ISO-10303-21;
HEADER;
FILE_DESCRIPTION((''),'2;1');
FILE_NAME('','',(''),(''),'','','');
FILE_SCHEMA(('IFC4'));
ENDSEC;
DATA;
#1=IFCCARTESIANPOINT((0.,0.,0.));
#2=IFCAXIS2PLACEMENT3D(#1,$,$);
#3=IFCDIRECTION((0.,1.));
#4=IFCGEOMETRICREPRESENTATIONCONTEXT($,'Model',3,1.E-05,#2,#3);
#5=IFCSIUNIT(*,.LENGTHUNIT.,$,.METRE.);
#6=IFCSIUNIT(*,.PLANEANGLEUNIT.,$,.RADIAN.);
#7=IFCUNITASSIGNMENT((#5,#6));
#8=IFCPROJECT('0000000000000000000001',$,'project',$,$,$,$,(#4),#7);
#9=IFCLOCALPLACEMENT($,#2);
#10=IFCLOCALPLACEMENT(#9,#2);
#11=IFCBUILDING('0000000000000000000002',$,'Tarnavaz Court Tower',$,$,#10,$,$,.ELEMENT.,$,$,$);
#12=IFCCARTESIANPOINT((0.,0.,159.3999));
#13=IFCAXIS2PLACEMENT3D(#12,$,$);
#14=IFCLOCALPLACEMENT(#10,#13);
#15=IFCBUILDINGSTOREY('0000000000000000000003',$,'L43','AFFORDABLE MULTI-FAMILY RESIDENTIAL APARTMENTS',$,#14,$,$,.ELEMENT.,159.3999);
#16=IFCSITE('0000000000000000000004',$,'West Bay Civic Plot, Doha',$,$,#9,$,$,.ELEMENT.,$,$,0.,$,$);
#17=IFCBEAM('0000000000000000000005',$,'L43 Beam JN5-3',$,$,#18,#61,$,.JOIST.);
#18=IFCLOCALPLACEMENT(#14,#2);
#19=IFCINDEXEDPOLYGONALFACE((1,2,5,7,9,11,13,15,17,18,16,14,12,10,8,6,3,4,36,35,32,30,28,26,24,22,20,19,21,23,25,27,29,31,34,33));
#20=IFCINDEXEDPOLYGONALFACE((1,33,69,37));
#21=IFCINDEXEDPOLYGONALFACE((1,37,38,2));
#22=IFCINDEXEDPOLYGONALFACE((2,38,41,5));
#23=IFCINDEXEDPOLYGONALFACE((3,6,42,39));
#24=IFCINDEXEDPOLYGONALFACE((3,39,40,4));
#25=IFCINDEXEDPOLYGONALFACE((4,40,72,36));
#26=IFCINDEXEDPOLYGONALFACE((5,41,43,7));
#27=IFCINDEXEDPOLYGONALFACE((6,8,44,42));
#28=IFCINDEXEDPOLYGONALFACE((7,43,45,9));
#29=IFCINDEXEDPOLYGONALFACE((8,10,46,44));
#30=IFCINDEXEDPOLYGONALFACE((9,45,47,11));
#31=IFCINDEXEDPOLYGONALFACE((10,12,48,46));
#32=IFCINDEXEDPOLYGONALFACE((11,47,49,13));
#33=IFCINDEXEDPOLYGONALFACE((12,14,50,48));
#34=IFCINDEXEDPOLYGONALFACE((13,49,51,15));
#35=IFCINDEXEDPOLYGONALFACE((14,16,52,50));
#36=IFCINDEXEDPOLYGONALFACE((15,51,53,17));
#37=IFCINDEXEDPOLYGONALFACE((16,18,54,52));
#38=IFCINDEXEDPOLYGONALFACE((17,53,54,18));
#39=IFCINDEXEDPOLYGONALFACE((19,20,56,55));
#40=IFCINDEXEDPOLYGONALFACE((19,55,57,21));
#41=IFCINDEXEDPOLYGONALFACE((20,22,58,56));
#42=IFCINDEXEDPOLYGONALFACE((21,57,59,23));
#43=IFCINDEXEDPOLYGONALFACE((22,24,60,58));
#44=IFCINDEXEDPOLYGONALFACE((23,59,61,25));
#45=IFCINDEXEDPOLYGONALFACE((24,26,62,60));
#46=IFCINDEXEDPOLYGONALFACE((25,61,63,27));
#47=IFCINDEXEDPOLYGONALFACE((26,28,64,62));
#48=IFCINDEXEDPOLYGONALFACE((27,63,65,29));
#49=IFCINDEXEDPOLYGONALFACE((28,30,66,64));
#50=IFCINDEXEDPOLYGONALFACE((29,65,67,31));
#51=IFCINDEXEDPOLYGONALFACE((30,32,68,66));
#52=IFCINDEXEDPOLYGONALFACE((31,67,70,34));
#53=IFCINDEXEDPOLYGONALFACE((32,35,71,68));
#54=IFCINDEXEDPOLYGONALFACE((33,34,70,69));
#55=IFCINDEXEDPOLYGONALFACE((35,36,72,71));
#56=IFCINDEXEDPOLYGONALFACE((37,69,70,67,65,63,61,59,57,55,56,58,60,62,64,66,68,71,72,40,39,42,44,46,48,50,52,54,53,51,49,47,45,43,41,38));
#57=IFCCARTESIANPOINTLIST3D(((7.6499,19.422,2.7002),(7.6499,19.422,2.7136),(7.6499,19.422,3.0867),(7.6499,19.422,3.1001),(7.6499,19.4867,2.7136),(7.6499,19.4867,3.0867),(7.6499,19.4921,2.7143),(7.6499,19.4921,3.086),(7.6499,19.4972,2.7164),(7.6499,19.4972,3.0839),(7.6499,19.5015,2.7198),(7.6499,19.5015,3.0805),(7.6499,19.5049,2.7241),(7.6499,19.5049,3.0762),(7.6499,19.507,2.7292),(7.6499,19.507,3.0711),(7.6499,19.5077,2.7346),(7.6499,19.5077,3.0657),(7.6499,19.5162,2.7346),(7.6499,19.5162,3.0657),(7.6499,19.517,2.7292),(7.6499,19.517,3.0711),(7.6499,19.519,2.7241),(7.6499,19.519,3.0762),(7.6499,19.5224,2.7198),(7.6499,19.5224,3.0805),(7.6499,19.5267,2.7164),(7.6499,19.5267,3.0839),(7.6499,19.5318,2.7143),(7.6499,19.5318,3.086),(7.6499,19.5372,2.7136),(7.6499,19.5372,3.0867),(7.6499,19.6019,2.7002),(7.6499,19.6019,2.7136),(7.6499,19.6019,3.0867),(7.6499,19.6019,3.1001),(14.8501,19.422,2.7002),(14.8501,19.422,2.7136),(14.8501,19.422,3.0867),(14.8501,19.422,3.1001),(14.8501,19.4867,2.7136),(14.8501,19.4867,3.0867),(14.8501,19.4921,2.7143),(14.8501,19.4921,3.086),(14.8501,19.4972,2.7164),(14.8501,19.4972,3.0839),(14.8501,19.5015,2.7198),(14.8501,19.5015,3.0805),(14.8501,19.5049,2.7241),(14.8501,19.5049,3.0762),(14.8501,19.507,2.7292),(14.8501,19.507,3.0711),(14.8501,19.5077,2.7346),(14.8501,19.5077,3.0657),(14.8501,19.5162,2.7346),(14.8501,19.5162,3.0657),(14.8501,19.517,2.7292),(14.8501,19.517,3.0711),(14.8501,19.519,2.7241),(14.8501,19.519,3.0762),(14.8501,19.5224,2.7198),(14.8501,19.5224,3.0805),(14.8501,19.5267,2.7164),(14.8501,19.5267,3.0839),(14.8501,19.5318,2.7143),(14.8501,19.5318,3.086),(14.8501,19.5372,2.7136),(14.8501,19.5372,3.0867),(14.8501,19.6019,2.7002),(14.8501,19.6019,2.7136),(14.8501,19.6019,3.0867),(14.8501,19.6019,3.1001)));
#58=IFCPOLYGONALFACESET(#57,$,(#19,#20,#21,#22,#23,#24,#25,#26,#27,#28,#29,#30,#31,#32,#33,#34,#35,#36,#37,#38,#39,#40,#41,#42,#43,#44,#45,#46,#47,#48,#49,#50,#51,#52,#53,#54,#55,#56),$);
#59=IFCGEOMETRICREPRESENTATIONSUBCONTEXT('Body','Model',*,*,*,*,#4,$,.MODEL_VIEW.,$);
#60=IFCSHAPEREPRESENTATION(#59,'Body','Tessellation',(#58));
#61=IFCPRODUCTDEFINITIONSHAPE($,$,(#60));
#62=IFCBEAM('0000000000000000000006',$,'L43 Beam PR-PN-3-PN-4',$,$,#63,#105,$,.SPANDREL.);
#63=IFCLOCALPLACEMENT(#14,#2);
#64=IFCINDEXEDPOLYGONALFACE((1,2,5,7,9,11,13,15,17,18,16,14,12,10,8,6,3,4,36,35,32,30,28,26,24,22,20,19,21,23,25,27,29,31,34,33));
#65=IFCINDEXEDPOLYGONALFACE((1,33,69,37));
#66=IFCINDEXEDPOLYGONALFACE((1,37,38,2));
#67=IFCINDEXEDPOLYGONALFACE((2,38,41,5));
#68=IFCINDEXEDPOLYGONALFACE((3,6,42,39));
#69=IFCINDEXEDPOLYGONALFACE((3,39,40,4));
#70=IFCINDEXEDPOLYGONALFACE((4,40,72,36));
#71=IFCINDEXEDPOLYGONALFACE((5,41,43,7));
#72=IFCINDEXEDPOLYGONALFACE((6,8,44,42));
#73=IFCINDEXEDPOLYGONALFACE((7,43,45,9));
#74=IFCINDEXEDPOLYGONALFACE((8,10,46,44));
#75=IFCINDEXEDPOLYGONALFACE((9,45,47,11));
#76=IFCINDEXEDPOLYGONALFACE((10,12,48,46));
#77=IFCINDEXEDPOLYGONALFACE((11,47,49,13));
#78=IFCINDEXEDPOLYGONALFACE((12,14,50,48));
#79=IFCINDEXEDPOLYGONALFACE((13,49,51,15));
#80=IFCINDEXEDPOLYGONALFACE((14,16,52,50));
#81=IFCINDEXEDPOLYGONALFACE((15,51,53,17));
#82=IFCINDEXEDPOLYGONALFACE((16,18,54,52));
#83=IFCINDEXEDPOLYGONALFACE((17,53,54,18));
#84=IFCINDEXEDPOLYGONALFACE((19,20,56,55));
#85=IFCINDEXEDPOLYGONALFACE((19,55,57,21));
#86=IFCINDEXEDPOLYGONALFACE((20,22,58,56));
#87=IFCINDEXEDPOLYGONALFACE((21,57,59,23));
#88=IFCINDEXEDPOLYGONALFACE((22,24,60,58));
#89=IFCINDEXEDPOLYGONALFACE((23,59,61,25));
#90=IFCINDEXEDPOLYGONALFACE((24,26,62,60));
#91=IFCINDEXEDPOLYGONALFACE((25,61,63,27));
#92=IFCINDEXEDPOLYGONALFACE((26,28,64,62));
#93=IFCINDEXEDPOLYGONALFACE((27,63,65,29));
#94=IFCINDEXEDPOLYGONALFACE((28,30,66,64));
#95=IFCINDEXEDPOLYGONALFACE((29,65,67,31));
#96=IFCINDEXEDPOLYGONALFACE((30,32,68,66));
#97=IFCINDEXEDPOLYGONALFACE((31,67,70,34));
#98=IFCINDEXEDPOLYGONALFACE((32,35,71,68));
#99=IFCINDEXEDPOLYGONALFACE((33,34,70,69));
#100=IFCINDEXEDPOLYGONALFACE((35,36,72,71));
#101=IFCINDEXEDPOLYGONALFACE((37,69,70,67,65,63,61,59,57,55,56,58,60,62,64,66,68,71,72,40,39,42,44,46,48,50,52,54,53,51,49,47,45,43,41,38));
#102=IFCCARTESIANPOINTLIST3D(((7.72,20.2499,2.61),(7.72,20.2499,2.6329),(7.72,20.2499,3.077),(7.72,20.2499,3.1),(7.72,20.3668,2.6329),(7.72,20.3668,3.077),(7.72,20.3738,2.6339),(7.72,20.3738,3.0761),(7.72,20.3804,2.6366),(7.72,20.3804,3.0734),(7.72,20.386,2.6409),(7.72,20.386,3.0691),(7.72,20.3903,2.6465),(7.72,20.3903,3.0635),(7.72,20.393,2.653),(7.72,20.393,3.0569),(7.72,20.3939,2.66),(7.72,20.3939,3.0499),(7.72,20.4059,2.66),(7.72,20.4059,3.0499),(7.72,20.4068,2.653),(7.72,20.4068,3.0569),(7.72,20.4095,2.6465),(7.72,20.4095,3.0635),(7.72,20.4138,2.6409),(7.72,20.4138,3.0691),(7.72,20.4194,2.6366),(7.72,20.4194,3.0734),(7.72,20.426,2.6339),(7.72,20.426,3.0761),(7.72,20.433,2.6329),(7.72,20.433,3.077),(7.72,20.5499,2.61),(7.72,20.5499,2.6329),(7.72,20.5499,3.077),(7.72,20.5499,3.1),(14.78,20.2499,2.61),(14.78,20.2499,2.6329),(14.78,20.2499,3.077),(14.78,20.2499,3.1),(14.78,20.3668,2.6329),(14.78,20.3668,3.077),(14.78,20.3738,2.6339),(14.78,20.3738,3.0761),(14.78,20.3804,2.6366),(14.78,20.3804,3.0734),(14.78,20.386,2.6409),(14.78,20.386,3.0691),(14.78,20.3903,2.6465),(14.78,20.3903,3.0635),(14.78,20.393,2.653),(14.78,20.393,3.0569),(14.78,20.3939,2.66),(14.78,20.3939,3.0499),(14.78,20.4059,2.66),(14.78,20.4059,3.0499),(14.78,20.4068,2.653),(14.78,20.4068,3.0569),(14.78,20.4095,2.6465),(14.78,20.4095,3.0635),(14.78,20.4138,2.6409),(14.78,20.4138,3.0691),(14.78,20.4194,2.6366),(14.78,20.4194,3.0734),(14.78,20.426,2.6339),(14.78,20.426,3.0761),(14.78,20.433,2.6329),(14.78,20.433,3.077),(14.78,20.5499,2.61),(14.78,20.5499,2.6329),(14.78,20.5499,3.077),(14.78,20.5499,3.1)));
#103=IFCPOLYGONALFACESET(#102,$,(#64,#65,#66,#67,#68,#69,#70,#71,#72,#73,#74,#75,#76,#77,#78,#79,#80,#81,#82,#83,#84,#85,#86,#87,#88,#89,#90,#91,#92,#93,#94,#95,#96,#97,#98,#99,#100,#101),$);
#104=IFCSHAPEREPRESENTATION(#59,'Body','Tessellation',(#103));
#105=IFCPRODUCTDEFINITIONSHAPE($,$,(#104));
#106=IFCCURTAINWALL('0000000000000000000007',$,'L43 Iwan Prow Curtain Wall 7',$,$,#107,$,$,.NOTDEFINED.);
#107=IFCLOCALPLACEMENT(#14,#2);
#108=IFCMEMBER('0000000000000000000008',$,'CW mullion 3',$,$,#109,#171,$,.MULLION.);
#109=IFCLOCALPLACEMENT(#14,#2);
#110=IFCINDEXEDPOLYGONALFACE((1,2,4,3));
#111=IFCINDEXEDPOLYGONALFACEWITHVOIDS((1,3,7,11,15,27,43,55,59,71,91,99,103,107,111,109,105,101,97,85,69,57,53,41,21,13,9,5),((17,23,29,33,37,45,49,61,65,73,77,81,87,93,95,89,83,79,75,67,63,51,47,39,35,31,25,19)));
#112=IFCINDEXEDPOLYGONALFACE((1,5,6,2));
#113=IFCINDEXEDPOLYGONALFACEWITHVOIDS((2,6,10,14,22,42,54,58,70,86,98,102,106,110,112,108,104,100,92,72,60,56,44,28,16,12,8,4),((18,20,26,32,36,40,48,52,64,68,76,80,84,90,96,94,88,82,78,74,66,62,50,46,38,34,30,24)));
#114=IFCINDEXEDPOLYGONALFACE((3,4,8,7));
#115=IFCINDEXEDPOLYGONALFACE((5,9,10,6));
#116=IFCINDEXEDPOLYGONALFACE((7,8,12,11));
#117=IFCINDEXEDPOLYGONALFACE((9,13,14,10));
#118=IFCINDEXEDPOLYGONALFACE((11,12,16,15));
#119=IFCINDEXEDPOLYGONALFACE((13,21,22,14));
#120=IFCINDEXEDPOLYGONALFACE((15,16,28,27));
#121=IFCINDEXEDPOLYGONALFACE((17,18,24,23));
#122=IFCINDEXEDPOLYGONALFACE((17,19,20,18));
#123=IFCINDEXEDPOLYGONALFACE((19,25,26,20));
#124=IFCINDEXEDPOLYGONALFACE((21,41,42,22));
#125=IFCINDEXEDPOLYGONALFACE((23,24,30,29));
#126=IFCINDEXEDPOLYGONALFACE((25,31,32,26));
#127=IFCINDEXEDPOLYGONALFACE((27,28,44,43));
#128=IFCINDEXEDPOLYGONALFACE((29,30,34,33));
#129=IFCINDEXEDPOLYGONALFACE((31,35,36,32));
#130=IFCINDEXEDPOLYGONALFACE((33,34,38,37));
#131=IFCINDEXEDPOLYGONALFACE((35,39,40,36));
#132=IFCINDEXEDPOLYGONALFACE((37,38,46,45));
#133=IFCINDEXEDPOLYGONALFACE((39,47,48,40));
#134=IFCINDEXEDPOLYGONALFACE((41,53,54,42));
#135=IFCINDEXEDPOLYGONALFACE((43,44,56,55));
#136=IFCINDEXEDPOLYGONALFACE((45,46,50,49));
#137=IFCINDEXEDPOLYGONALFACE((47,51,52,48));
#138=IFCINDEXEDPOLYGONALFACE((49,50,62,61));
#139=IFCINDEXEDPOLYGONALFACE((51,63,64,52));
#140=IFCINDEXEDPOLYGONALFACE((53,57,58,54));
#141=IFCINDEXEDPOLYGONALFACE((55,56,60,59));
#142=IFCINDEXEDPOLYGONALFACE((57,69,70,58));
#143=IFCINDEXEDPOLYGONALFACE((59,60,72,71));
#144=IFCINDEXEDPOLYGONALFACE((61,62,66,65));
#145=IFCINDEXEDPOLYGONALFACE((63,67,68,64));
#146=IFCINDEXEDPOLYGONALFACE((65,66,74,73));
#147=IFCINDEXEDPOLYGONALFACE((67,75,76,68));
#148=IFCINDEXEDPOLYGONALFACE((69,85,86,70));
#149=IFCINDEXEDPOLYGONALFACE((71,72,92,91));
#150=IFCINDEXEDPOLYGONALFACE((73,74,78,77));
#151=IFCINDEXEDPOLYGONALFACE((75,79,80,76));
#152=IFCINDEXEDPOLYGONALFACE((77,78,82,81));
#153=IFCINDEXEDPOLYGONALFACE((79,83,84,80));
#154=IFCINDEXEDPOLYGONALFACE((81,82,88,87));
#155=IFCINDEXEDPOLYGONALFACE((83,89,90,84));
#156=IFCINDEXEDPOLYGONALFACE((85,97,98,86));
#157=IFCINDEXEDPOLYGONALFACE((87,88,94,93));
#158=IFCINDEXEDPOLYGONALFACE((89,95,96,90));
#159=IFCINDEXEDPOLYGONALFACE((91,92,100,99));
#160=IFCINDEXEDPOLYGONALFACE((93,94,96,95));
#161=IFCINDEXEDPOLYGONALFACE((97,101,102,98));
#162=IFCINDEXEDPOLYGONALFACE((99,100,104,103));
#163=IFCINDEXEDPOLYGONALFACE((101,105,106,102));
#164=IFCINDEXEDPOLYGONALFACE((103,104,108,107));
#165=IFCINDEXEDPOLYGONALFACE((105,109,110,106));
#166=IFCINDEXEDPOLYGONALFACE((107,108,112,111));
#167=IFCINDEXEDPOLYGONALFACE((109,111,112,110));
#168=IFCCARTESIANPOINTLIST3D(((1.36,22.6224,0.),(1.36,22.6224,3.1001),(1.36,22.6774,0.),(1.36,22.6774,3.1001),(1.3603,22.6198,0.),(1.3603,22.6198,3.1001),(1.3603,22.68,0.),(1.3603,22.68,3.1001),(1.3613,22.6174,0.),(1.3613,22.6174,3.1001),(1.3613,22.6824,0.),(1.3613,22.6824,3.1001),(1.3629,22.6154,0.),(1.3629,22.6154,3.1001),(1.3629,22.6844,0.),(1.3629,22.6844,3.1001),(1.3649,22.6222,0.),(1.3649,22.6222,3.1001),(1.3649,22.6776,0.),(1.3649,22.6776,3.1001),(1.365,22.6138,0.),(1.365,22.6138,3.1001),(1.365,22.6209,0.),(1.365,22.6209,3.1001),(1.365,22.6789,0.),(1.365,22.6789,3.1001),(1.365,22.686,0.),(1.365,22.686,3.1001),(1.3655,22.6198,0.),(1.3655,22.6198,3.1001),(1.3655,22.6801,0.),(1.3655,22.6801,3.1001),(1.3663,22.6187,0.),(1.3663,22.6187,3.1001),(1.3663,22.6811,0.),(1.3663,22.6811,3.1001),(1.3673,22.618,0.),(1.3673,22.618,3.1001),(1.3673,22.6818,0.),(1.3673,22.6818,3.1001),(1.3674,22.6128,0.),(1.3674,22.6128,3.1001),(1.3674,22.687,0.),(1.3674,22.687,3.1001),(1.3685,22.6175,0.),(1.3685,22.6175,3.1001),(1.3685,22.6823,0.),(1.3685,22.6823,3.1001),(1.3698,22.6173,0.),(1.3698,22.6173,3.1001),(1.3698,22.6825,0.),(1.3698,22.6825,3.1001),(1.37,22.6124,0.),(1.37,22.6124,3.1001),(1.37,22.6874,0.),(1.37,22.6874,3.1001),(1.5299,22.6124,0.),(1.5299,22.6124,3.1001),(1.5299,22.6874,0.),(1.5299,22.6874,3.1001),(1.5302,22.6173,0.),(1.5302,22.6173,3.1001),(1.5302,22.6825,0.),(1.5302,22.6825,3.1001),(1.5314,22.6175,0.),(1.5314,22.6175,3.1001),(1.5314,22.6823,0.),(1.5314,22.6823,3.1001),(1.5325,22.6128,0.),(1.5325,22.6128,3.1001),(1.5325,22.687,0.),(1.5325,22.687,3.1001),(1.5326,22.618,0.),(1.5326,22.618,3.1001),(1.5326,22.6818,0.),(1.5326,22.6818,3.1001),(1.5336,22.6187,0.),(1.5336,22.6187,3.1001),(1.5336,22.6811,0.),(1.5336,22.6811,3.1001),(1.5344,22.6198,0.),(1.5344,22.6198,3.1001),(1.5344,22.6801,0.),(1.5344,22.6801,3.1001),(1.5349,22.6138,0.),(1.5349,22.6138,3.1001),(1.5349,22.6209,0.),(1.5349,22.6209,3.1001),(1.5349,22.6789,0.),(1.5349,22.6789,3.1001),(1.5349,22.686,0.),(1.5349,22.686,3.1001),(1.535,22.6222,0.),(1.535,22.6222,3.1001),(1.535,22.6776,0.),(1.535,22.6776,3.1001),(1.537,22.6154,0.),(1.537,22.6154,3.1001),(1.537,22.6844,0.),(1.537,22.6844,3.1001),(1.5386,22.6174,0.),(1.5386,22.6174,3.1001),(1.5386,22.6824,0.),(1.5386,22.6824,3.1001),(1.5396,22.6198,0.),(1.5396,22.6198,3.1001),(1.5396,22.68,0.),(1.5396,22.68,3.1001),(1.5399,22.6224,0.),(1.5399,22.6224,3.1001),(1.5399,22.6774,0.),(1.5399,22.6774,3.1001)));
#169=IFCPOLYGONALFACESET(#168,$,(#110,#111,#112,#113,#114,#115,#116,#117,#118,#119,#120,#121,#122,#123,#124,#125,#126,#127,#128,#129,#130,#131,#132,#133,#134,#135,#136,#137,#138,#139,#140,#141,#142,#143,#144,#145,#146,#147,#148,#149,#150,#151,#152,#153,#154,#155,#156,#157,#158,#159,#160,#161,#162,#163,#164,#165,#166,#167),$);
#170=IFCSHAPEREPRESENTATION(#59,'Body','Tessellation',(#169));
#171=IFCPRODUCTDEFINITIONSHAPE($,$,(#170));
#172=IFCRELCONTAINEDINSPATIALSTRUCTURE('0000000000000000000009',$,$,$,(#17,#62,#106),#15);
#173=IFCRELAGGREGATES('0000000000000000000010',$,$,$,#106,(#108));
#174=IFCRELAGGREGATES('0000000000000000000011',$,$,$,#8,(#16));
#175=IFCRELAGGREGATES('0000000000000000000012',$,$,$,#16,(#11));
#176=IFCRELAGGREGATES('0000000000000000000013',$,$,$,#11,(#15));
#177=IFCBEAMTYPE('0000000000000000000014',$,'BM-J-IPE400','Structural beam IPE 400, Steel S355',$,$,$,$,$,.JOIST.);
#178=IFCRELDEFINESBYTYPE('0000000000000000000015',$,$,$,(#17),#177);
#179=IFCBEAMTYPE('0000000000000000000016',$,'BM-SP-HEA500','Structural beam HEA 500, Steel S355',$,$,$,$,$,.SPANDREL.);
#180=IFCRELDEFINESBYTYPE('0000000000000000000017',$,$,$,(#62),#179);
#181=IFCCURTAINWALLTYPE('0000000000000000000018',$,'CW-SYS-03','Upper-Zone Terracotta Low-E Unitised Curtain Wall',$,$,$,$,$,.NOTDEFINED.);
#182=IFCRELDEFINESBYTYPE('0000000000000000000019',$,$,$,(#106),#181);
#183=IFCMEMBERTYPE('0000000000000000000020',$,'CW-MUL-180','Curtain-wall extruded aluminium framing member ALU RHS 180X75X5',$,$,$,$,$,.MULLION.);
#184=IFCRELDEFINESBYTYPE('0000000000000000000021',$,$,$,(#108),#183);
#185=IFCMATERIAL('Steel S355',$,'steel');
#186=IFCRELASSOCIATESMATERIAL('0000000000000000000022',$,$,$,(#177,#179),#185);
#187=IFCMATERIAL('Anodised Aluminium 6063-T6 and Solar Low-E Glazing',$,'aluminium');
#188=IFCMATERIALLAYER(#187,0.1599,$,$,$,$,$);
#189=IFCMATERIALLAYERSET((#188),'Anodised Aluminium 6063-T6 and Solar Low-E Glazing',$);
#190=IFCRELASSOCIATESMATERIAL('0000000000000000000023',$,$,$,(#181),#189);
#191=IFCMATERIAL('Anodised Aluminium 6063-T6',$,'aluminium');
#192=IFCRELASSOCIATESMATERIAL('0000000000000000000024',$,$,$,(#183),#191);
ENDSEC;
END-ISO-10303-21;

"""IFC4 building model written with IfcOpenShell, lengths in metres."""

from ifc_helpers import new_model, si_unit, direction, frame, origin, origin_2d, place, context, subcontext, project, spatial, hollow_rectangle, i_section, extrude, material, layer, layer_set, material_profile, profile_set, type_object, element, aggregate, save


model = new_model("IFC4")

# Units and contexts
model_context = context("Model", 3, precision=1e-05, world=origin(), true_north=direction((0.0, 1.0)))
body_context = subcontext(model_context, "Body", "Model", "MODEL_VIEW")
ifc_project = project(units=[si_unit("LENGTHUNIT", "METRE"), si_unit("PLANEANGLEUNIT", "RADIAN")], contexts=[model_context])

# Site, building, storey
site_placement = place(None, origin())
site = spatial("IfcSite", under=ifc_project, at=site_placement, Name="West Bay Civic Plot, Doha", CompositionType="ELEMENT", RefElevation=0.0)
building_placement = place(site_placement, origin())
building = spatial("IfcBuilding", under=site, at=building_placement, Name="Tarnavaz Court Tower", CompositionType="ELEMENT")
storey_placement = place(building_placement, frame((0.0, 0.0, 159.3999)))
storey = spatial("IfcBuildingStorey", under=building, at=storey_placement, Name="L43", Description="AFFORDABLE MULTI-FAMILY RESIDENTIAL APARTMENTS", CompositionType="ELEMENT", Elevation=159.3999)

# Beams
ifc_material_1 = material(Name="Steel S355", Category="steel")
ifc_material_profile_1 = material_profile(ifc_material_1, i_section(OverallWidth=0.1799, OverallDepth=0.3999, WebThickness=0.0085, FlangeThickness=0.0134, FilletRadius=0.021, at=origin_2d()), Name="IPE 400")
ifc_profile_set_1 = profile_set([ifc_material_profile_1], Name="Steel S355")
beam_type_1 = type_object("IfcBeamType", Name="BM-J-IPE400", Description="Structural beam IPE 400, Steel S355", PredefinedType="JOIST", material=ifc_profile_set_1)
for number, where, z_axis, x_axis, name in (
    (1, (7.6499, 19.512, 2.9001), (1.0, 0.0, 0.0), (0.0, 1.0, 0.0), "L43 Beam JN5-3"),
):
    element("IfcBeam", number, at=place(storey_placement, frame(where, z_axis=z_axis, x_axis=x_axis)), inside=storey, type_object=beam_type_1, Name=name, PredefinedType="JOIST", context=body_context, shape_type="SweptSolid", body=[
        extrude(i_section(OverallWidth=0.1799, OverallDepth=0.3999, WebThickness=0.0085, FlangeThickness=0.0134, FilletRadius=0.021, at=origin_2d()), origin(), (0.0, 0.0, 1.0), 7.2002),
    ])
ifc_material_profile_2 = material_profile(ifc_material_1, i_section(OverallWidth=0.3, OverallDepth=0.49, WebThickness=0.012, FlangeThickness=0.0229, FilletRadius=0.0271, at=origin_2d()), Name="HEA 500")
ifc_profile_set_2 = profile_set([ifc_material_profile_2], Name="Steel S355")
beam_type_2 = type_object("IfcBeamType", Name="BM-SP-HEA500", Description="Structural beam HEA 500, Steel S355", PredefinedType="SPANDREL", material=ifc_profile_set_2)
beam_placement = place(storey_placement, frame((7.72, 20.3999, 2.855), z_axis=(1.0, 0.0, 0.0), x_axis=(0.0, 1.0, 0.0)))
element("IfcBeam", 2, at=beam_placement, inside=storey, type_object=beam_type_2, Name="L43 Beam PR-PN-3-PN-4", PredefinedType="SPANDREL", context=body_context, shape_type="SweptSolid", body=[
    extrude(i_section(OverallWidth=0.3, OverallDepth=0.49, WebThickness=0.012, FlangeThickness=0.0229, FilletRadius=0.0271, at=origin_2d()), origin(), (0.0, 0.0, 1.0), 7.0601),
])

# Curtain wall, member
ifc_material_2 = material(Name="Anodised Aluminium 6063-T6 and Solar Low-E Glazing", Category="aluminium")
ifc_layer_1 = layer(ifc_material_2, 0.1599)
ifc_layer_set_1 = layer_set([ifc_layer_1], Name="Anodised Aluminium 6063-T6 and Solar Low-E Glazing")
curtain_wall_type = type_object("IfcCurtainWallType", Name="CW-SYS-03", Description="Upper-Zone Terracotta Low-E Unitised Curtain Wall", PredefinedType="NOTDEFINED", material=ifc_layer_set_1)
curtain_wall_placement = place(storey_placement, origin())
curtain_wall = element("IfcCurtainWall", 3, at=curtain_wall_placement, inside=storey, type_object=curtain_wall_type, Name="L43 Iwan Prow Curtain Wall 7", PredefinedType="NOTDEFINED")
ifc_material_3 = material(Name="Anodised Aluminium 6063-T6", Category="aluminium")
ifc_material_profile_3 = material_profile(ifc_material_3, hollow_rectangle(XDim=0.075, YDim=0.1799, WallThickness=0.0049, InnerFilletRadius=0.0049, OuterFilletRadius=0.01, at=origin_2d()), Name="ALU RHS 180X75X5")
ifc_profile_set_3 = profile_set([ifc_material_profile_3], Name="Anodised Aluminium 6063-T6")
member_type_1 = type_object("IfcMemberType", Name="CW-MUL-180", Description="Curtain-wall extruded aluminium framing member ALU RHS 180X75X5", PredefinedType="MULLION", material=ifc_profile_set_3)
member_1_placement = place(storey_placement, frame((1.45, 22.6499, 0.0), z_axis=(0.0, 0.0, 1.0), x_axis=(0.0, 1.0, 0.0)))
member_1 = element("IfcMember", 4, at=member_1_placement, type_object=member_type_1, Name="CW mullion 3", PredefinedType="MULLION", context=body_context, shape_type="SweptSolid", body=[
    extrude(hollow_rectangle(XDim=0.075, YDim=0.1799, WallThickness=0.0049, InnerFilletRadius=0.0049, OuterFilletRadius=0.01, at=origin_2d()), origin(), (0.0, 0.0, 1.0), 3.1001),
])
aggregate(curtain_wall, [member_1])

save(model, "model.ifc")
